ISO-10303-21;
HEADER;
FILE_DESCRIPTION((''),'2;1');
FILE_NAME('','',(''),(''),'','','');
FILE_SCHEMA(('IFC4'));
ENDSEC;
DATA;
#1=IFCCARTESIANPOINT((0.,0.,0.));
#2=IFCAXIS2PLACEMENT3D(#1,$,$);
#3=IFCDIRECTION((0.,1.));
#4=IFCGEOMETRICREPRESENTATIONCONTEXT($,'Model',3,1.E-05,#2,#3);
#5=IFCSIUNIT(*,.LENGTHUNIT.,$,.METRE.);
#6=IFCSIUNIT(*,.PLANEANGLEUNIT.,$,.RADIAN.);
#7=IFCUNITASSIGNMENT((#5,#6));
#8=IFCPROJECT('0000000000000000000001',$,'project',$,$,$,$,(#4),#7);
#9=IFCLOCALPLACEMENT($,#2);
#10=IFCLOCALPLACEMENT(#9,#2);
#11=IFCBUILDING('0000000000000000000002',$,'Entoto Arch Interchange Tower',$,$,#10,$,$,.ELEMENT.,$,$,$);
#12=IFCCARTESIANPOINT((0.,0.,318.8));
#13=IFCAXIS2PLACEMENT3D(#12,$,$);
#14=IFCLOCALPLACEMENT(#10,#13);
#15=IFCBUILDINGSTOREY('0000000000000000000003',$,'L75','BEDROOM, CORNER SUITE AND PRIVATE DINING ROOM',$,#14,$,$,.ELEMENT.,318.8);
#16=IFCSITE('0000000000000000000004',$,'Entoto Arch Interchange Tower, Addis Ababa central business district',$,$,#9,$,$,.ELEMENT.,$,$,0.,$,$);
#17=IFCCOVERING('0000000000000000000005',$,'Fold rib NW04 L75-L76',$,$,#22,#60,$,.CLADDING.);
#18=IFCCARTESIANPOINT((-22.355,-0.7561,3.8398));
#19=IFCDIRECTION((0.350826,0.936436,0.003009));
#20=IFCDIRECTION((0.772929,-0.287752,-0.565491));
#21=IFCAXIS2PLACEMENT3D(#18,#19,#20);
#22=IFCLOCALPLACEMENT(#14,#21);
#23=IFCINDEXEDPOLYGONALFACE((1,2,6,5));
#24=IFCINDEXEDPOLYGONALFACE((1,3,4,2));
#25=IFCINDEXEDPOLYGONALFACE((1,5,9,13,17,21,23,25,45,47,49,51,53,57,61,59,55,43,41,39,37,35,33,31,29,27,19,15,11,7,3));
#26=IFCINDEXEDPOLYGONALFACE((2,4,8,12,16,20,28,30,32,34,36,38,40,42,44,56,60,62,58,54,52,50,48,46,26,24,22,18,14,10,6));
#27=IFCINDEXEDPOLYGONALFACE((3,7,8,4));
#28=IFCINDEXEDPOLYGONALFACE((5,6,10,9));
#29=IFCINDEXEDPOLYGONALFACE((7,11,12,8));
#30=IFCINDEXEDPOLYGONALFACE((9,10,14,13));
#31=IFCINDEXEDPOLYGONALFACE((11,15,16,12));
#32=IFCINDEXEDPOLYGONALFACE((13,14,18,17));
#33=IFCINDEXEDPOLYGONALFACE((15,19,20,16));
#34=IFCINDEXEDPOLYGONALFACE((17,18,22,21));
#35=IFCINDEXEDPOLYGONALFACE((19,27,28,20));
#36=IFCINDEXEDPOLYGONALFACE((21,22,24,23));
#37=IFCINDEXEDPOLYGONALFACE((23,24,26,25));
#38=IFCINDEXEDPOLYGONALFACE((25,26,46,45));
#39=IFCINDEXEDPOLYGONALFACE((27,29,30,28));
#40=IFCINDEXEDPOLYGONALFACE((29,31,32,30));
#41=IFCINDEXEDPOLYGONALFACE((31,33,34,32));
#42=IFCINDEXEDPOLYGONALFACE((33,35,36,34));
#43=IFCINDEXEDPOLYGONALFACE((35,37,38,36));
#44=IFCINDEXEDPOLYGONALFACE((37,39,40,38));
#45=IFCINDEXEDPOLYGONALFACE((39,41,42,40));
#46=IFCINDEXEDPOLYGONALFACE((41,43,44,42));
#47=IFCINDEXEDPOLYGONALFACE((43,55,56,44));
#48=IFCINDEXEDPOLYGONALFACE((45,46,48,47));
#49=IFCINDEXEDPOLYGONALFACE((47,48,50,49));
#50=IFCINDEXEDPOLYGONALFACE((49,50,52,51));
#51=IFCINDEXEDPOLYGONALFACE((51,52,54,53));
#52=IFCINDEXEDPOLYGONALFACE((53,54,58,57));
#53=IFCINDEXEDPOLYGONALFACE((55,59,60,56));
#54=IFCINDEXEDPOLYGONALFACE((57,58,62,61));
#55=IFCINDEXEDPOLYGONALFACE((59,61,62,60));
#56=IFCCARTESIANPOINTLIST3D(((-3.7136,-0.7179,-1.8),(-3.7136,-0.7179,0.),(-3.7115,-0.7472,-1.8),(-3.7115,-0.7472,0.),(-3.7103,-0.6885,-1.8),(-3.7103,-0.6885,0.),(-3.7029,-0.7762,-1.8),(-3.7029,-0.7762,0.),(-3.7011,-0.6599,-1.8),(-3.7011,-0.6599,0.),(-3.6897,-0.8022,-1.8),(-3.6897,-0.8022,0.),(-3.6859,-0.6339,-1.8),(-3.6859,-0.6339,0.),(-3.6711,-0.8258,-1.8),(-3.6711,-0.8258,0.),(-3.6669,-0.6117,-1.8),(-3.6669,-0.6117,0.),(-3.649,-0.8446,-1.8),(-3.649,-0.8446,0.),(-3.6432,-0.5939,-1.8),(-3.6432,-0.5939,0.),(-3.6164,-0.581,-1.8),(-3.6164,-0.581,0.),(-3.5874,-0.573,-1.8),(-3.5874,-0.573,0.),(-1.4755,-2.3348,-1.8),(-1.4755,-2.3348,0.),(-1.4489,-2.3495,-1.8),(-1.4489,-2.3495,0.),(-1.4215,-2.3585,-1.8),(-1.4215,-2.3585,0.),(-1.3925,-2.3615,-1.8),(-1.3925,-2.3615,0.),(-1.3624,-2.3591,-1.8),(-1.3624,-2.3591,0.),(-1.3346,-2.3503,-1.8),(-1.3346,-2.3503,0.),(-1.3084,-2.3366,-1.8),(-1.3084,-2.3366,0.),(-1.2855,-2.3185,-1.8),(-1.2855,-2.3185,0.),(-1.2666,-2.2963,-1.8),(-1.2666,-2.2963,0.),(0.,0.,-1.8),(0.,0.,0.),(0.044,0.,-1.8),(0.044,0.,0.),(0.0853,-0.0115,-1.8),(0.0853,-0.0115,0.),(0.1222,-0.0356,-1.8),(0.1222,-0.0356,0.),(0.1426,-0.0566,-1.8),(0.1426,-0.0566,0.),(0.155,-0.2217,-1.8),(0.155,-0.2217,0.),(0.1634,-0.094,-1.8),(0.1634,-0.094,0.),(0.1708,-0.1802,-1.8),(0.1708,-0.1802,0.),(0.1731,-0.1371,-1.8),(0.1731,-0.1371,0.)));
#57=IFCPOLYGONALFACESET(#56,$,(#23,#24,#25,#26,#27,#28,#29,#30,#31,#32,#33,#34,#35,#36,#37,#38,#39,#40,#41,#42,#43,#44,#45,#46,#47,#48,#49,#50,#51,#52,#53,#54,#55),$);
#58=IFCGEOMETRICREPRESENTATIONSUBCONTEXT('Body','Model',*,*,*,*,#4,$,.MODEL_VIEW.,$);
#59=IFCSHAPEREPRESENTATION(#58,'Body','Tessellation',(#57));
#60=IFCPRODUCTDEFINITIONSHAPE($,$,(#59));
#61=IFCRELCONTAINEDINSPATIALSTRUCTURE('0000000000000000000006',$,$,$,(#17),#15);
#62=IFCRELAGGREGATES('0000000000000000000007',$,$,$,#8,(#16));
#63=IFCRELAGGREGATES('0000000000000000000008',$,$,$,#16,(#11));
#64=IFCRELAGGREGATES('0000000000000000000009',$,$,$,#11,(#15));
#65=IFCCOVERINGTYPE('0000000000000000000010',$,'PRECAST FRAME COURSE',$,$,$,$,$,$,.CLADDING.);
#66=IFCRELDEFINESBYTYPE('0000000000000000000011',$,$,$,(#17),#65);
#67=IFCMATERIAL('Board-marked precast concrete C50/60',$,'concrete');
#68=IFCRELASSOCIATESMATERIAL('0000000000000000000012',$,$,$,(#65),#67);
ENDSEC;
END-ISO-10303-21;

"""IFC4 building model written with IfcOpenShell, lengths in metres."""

from ifc_helpers import new_model, si_unit, direction, frame, origin, place, context, subcontext, project, spatial, polyline, outline, extrude, material, type_object, element, save


model = new_model("IFC4")

# Units and contexts
model_context = context("Model", 3, precision=1e-05, world=origin(), true_north=direction((0.0, 1.0)))
body_context = subcontext(model_context, "Body", "Model", "MODEL_VIEW")
ifc_project = project(units=[si_unit("LENGTHUNIT", "METRE"), si_unit("PLANEANGLEUNIT", "RADIAN")], contexts=[model_context])

# Site, building, storey
site_placement = place(None, origin())
site = spatial("IfcSite", under=ifc_project, at=site_placement, Name="Entoto Arch Interchange Tower, Addis Ababa central business district", CompositionType="ELEMENT", RefElevation=0.0)
building_placement = place(site_placement, origin())
building = spatial("IfcBuilding", under=site, at=building_placement, Name="Entoto Arch Interchange Tower", CompositionType="ELEMENT")
storey_placement = place(building_placement, frame((0.0, 0.0, 318.8)))
storey = spatial("IfcBuildingStorey", under=building, at=storey_placement, Name="L75", Description="BEDROOM, CORNER SUITE AND PRIVATE DINING ROOM", CompositionType="ELEMENT", Elevation=318.8)

# Covering
ifc_material_1 = material(Name="Board-marked precast concrete C50/60", Category="concrete")
covering_type = type_object("IfcCoveringType", Name="PRECAST FRAME COURSE", PredefinedType="CLADDING", material=ifc_material_1)
covering_1_placement = place(storey_placement, frame((-22.355, -0.7561, 3.8398), z_axis=(0.350826, 0.936436, 0.003009), x_axis=(0.772929, -0.287752, -0.565491)))
element("IfcCovering", 1, at=covering_1_placement, inside=storey, type_object=covering_type, Name="Fold rib NW04 L75-L76", PredefinedType="CLADDING", context=body_context, shape_type="SweptSolid", body=[
    extrude(outline(polyline([(0.0, 0.0), (0.044, 0.0), (0.0853, -0.0115), (0.1222, -0.0356), (0.1426, -0.0566), (0.1634, -0.094), (0.1731, -0.1371), (0.1708, -0.1802), (0.155, -0.2217), (-1.2666, -2.2963), (-1.2855, -2.3185), (-1.3084, -2.3366), (-1.3346, -2.3503), (-1.3624, -2.3591), (-1.3925, -2.3615), (-1.4215, -2.3585), (-1.4489, -2.3495), (-1.4755, -2.3348), (-3.649, -0.8446), (-3.6711, -0.8258), (-3.6897, -0.8022), (-3.7029, -0.7762), (-3.7115, -0.7472), (-3.7136, -0.7179), (-3.7103, -0.6885), (-3.7011, -0.6599), (-3.6859, -0.6339), (-3.6669, -0.6117), (-3.6432, -0.5939), (-3.6164, -0.581), (-3.5874, -0.573), (0.0, 0.0)])), origin(), (0.0, 0.0, -1.0), 1.8),
])

save(model, "model.ifc")
